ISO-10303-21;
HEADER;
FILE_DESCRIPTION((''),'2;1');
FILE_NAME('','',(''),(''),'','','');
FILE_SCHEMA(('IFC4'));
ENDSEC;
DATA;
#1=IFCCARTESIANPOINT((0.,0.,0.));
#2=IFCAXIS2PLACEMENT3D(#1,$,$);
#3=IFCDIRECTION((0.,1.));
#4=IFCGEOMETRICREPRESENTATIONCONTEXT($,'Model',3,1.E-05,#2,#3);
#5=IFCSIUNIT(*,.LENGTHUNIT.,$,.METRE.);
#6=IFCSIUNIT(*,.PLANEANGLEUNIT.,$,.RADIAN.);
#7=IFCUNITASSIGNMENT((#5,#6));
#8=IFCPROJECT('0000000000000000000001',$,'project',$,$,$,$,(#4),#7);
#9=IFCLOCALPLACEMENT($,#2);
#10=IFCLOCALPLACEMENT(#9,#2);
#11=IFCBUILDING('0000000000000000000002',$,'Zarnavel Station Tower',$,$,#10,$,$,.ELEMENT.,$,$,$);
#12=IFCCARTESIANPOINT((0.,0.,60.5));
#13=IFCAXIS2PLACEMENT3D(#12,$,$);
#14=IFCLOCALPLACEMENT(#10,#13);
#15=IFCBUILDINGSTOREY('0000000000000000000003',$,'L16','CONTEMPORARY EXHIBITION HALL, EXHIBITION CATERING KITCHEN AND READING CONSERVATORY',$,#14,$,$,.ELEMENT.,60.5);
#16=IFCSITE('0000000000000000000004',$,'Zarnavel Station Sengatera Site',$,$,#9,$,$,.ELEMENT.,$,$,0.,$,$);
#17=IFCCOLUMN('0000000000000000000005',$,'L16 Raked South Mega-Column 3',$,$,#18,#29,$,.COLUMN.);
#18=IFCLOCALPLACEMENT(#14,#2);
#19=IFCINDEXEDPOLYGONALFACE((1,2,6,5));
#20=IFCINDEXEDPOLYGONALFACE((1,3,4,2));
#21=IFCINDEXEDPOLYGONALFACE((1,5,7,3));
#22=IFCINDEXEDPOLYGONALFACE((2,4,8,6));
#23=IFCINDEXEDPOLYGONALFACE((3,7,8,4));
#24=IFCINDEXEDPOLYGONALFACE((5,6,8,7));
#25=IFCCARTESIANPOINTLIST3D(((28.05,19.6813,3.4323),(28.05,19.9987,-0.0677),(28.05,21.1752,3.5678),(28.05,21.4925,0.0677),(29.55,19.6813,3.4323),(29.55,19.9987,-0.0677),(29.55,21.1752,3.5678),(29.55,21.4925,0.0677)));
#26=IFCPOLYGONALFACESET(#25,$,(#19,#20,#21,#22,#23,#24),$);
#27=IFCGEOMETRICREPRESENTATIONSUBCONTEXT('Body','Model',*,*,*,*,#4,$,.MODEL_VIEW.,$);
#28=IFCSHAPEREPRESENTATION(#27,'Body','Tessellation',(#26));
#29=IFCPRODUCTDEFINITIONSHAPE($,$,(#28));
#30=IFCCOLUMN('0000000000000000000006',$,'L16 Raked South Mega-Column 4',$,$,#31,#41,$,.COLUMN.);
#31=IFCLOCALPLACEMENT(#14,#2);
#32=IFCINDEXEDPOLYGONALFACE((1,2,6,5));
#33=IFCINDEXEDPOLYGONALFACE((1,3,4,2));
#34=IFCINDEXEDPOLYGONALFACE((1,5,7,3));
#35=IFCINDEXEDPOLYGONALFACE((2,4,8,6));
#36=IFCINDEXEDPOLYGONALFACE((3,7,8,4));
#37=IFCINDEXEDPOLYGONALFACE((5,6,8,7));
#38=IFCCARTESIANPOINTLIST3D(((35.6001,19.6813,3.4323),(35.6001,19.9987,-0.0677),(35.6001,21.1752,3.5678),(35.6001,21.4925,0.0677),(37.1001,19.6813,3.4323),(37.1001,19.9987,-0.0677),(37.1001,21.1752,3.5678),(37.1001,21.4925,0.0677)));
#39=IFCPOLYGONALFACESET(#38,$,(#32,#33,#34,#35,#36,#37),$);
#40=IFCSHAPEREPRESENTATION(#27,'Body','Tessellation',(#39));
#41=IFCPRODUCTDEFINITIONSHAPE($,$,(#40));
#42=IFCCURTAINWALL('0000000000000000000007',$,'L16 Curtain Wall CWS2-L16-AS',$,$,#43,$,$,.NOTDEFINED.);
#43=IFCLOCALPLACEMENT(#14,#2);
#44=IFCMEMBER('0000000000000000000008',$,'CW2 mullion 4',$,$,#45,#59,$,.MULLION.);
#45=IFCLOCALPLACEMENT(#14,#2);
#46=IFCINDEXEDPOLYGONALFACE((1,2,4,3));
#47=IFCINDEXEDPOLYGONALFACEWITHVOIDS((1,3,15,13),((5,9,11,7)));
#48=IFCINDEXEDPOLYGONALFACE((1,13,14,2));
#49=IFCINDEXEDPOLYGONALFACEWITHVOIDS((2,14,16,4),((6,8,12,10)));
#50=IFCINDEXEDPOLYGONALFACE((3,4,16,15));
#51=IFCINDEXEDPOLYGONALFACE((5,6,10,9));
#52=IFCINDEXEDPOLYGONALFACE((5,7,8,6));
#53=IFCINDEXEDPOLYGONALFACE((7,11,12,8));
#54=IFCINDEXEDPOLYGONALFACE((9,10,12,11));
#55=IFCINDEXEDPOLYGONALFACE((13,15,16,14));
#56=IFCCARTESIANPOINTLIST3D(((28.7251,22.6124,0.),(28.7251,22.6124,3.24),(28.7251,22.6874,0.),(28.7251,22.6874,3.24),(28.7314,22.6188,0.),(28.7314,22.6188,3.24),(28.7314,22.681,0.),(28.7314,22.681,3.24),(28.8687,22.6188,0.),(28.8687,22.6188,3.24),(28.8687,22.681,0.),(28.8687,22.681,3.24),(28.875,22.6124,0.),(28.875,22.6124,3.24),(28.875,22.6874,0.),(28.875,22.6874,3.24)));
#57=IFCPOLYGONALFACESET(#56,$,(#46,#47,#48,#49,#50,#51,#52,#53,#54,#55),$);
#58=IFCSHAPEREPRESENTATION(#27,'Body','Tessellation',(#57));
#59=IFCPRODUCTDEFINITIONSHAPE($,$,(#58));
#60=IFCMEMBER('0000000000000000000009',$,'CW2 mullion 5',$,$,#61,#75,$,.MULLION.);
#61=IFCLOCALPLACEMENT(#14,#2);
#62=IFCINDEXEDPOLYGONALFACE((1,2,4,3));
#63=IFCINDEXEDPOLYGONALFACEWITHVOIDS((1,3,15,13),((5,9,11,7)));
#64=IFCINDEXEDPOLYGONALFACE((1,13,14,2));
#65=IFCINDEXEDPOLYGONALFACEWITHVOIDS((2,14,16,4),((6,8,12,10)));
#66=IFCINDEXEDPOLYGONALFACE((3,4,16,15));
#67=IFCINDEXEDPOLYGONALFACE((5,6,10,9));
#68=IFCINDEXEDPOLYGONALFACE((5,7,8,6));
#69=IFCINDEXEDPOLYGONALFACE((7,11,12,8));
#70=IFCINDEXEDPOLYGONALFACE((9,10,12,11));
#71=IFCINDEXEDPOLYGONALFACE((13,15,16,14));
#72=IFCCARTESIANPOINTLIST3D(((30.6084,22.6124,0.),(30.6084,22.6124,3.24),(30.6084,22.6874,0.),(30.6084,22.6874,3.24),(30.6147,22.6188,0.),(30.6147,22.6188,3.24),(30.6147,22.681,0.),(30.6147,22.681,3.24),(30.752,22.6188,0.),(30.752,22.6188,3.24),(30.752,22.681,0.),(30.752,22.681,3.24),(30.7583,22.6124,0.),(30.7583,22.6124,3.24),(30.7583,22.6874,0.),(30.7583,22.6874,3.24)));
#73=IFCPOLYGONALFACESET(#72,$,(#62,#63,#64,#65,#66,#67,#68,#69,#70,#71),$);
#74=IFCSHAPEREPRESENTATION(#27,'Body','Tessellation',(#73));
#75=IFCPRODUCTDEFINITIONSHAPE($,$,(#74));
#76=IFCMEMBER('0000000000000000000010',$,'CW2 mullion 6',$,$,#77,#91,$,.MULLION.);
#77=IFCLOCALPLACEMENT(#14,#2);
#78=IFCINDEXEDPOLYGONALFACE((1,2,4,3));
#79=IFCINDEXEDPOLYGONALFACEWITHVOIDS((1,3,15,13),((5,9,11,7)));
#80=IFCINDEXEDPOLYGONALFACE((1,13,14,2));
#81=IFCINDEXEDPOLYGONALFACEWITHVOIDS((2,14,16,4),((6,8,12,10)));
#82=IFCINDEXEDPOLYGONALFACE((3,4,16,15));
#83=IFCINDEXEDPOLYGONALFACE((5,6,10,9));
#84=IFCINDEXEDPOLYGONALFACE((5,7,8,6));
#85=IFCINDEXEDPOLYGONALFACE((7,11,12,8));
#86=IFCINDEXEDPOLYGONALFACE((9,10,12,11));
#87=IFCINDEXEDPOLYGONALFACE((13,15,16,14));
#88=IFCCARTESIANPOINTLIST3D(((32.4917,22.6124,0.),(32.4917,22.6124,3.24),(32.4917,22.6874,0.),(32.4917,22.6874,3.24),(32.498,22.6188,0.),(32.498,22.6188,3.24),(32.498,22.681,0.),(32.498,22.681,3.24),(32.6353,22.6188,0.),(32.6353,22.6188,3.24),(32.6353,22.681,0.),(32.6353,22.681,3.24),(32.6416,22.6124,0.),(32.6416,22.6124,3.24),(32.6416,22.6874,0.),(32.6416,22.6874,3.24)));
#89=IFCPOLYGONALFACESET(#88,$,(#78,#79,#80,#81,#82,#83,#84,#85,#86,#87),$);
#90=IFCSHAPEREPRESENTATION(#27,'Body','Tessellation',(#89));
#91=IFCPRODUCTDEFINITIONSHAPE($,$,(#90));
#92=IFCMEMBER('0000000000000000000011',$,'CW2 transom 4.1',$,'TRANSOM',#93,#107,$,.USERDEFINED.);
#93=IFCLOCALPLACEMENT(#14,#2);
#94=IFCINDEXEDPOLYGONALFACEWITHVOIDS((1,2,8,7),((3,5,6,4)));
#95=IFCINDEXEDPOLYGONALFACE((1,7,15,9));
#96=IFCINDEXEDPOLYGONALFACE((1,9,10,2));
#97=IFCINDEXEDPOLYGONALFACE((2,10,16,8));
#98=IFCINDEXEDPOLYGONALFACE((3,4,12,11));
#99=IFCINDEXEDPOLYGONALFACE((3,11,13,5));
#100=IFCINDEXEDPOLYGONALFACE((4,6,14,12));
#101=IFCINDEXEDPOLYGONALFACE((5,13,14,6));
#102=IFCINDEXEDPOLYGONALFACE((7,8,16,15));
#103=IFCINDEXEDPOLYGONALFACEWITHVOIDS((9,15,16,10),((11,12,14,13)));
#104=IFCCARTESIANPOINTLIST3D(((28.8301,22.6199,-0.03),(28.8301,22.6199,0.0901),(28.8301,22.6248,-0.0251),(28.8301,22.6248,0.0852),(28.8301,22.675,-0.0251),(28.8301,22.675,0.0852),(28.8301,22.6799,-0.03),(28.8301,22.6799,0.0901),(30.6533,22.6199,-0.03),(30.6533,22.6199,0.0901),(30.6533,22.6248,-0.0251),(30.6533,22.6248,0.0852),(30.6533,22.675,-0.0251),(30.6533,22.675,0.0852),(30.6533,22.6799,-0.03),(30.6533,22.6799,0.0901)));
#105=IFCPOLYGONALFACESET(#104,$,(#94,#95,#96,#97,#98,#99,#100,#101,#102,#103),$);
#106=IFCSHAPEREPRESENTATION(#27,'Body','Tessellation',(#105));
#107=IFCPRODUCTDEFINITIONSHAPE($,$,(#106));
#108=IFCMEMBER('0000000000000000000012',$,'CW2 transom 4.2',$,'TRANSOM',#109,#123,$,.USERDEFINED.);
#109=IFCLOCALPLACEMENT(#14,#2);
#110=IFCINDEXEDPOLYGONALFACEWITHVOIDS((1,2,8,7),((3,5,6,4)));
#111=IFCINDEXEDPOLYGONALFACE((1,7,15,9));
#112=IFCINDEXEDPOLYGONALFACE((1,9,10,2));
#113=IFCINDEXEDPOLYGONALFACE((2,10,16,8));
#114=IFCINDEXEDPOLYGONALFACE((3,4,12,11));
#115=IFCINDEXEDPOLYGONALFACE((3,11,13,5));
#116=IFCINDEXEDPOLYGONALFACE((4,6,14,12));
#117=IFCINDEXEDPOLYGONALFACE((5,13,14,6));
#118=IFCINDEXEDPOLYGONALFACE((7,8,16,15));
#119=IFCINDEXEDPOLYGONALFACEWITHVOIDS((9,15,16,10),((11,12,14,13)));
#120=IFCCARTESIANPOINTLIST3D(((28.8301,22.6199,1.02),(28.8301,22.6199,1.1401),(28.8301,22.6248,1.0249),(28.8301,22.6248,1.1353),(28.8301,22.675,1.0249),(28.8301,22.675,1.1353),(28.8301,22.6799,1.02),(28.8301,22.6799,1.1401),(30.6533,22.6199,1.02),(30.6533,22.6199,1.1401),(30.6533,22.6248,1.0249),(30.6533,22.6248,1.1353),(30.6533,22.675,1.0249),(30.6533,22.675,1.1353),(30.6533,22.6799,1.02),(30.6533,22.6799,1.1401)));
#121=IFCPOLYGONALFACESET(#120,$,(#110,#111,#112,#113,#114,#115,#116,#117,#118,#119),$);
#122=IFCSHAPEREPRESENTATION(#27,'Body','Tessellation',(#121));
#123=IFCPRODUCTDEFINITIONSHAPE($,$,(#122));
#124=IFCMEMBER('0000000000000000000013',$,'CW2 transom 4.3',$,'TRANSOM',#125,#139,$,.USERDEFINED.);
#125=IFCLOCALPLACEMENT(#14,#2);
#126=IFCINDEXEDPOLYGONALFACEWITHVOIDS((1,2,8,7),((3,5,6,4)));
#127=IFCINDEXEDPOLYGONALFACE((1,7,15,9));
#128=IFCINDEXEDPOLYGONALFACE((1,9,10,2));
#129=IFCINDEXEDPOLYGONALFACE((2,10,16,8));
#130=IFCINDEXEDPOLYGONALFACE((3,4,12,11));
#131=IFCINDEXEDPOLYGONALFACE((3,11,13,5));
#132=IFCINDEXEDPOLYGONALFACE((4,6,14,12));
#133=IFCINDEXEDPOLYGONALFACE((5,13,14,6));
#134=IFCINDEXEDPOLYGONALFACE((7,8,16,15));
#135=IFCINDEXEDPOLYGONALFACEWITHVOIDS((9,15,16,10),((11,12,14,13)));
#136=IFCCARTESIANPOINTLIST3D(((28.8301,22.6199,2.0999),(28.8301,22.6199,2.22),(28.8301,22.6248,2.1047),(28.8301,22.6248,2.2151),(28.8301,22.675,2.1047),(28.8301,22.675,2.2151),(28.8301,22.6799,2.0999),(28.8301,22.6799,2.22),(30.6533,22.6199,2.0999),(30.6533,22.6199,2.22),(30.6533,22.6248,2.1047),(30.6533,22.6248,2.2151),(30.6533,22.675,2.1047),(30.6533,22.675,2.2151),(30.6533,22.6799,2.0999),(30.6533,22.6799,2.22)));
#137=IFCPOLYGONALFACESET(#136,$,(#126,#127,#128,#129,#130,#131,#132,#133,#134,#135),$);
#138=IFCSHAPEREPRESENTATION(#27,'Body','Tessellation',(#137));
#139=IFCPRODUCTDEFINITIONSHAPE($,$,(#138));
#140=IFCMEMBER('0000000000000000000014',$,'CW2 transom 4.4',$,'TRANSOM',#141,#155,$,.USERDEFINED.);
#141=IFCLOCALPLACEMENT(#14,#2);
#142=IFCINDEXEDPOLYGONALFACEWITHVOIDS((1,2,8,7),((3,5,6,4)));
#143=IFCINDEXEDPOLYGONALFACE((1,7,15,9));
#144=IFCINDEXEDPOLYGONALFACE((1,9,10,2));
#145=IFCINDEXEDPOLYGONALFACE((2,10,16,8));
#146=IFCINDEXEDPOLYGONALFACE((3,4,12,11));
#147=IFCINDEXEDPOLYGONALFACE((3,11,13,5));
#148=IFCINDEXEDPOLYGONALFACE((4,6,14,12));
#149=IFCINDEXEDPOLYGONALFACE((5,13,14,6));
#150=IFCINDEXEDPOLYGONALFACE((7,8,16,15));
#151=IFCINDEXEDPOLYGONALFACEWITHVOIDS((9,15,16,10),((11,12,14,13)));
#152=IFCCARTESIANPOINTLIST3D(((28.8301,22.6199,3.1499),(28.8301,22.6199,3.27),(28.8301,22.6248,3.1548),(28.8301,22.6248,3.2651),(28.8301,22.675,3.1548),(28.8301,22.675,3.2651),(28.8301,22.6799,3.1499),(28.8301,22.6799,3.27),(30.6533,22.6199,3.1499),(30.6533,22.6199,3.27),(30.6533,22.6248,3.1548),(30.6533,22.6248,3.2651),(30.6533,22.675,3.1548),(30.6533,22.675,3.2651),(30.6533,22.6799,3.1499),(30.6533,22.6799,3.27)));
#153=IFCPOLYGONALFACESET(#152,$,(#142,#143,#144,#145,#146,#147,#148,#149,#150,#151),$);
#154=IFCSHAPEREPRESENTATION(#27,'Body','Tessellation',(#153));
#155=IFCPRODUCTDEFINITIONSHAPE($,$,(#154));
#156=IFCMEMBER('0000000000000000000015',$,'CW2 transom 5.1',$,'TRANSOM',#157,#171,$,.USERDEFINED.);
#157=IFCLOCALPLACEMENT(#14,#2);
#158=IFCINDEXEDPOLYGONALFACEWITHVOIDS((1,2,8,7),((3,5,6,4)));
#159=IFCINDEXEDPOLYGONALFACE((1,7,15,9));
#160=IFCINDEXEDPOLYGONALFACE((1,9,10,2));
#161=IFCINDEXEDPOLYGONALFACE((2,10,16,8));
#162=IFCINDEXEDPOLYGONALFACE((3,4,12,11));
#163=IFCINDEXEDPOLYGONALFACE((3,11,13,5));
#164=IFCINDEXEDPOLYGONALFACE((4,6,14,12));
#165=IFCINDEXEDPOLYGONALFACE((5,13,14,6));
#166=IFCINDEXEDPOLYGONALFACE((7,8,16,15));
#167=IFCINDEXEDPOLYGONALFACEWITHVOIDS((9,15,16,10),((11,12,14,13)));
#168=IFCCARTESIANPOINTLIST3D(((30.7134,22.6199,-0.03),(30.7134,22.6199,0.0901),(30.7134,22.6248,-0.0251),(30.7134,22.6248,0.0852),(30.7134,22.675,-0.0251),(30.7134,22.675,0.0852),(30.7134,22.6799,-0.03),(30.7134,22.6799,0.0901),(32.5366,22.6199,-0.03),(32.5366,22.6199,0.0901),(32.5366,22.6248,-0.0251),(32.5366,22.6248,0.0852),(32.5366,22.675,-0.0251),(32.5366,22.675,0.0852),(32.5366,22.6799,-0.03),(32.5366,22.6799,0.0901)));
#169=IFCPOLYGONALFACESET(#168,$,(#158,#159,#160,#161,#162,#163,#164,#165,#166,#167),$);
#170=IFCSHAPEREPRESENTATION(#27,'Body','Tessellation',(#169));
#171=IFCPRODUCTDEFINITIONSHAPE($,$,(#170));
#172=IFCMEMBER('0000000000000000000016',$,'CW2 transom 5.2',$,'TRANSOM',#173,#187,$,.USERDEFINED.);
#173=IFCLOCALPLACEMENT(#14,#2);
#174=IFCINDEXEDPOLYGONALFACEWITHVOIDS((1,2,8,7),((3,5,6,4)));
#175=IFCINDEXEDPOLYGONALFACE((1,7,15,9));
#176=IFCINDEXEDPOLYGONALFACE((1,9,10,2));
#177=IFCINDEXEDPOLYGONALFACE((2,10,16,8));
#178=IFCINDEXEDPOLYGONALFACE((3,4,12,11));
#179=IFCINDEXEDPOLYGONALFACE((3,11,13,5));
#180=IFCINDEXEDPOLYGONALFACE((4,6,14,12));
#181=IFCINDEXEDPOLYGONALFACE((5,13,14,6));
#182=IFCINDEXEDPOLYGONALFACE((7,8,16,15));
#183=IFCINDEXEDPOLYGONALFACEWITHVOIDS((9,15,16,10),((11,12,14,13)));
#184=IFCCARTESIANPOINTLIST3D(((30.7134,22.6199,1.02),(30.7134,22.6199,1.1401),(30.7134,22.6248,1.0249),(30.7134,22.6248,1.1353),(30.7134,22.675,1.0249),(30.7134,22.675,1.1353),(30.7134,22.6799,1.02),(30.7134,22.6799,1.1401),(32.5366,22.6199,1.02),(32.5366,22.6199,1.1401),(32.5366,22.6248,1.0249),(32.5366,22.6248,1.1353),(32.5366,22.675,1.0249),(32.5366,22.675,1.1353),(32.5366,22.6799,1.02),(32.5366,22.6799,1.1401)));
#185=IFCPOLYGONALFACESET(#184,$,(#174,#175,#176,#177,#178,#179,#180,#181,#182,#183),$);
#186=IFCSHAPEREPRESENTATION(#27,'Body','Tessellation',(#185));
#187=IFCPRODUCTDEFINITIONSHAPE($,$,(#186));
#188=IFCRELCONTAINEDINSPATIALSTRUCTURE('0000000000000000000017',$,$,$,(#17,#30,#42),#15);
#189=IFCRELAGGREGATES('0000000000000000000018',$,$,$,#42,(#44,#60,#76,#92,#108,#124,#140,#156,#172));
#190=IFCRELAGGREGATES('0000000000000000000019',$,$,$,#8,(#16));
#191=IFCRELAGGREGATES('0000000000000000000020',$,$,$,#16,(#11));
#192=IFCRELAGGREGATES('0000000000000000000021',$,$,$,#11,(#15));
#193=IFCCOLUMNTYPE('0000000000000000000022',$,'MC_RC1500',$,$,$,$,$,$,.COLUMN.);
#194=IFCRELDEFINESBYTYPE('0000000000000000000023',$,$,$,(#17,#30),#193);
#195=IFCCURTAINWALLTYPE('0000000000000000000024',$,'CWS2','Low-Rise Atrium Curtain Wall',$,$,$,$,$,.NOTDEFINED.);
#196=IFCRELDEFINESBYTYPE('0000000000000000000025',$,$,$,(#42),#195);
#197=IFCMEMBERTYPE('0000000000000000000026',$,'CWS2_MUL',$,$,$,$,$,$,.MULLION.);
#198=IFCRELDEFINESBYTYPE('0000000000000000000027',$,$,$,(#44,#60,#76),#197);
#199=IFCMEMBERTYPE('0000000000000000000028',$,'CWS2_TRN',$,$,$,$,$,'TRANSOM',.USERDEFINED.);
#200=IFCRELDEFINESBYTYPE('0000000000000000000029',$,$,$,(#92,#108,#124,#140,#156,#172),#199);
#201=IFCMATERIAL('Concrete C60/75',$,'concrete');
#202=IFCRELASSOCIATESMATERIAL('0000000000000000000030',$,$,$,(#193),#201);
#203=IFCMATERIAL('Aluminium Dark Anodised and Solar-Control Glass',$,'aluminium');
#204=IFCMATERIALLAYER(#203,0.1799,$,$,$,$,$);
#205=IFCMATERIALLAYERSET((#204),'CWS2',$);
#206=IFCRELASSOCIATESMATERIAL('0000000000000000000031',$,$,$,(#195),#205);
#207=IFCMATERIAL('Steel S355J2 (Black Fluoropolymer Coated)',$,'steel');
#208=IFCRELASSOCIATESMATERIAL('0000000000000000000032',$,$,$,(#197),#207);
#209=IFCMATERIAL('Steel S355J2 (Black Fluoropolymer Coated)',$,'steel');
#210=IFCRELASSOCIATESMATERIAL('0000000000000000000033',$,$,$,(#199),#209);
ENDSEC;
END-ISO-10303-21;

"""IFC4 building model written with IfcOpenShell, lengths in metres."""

from ifc_helpers import new_model, si_unit, direction, frame, origin, origin_2d, place, context, subcontext, project, spatial, rectangle, hollow_rectangle, extrude, material, layer, layer_set, material_profile, profile_set, type_object, element, aggregate, save


model = new_model("IFC4")

# Units and contexts
model_context = context("Model", 3, precision=1e-05, world=origin(), true_north=direction((0.0, 1.0)))
body_context = subcontext(model_context, "Body", "Model", "MODEL_VIEW")
ifc_project = project(units=[si_unit("LENGTHUNIT", "METRE"), si_unit("PLANEANGLEUNIT", "RADIAN")], contexts=[model_context])

# Site, building, storey
site_placement = place(None, origin())
site = spatial("IfcSite", under=ifc_project, at=site_placement, Name="Zarnavel Station Sengatera Site", CompositionType="ELEMENT", RefElevation=0.0)
building_placement = place(site_placement, origin())
building = spatial("IfcBuilding", under=site, at=building_placement, Name="Zarnavel Station Tower", CompositionType="ELEMENT")
storey_placement = place(building_placement, frame((0.0, 0.0, 60.5)))
storey = spatial("IfcBuildingStorey", under=building, at=storey_placement, Name="L16", Description="CONTEMPORARY EXHIBITION HALL, EXHIBITION CATERING KITCHEN AND READING CONSERVATORY", CompositionType="ELEMENT", Elevation=60.5)

# Columns
ifc_material_1 = material(Name="Concrete C60/75", Category="concrete")
ifc_material_profile_1 = material_profile(ifc_material_1, rectangle(XDim=1.5, YDim=1.5, at=origin_2d()), Name="RC1500x1500")
ifc_profile_set_1 = profile_set([ifc_material_profile_1], Name="Concrete C60/75")
column_type = type_object("IfcColumnType", Name="MC_RC1500", PredefinedType="COLUMN", material=ifc_profile_set_1)
for number, where, z_axis, x_axis, name in (
    (1, (28.8, 20.7456, 0.0), (0.0, -0.09031, 0.995914), (1.0, 0.0, 0.0), "L16 Raked South Mega-Column 3"),
    (2, (36.3501, 20.7456, 0.0), (0.0, -0.09031, 0.995914), (1.0, 0.0, 0.0), "L16 Raked South Mega-Column 4"),
):
    element("IfcColumn", number, at=place(storey_placement, frame(where, z_axis=z_axis, x_axis=x_axis)), inside=storey, type_object=column_type, Name=name, PredefinedType="COLUMN", context=body_context, shape_type="SweptSolid", body=[
        extrude(rectangle(XDim=1.5, YDim=1.5, at=origin_2d()), origin(), (0.0, 0.0, 1.0), 3.5144),
    ])

# Curtain wall, members
ifc_material_2 = material(Name="Aluminium Dark Anodised and Solar-Control Glass", Category="aluminium")
ifc_layer_1 = layer(ifc_material_2, 0.1799)
ifc_layer_set_1 = layer_set([ifc_layer_1], Name="CWS2")
curtain_wall_type = type_object("IfcCurtainWallType", Name="CWS2", Description="Low-Rise Atrium Curtain Wall", PredefinedType="NOTDEFINED", material=ifc_layer_set_1)
curtain_wall_placement = place(storey_placement, origin())
curtain_wall = element("IfcCurtainWall", 3, at=curtain_wall_placement, inside=storey, type_object=curtain_wall_type, Name="L16 Curtain Wall CWS2-L16-AS", PredefinedType="NOTDEFINED")
ifc_material_3 = material(Name="Steel S355J2 (Black Fluoropolymer Coated)", Category="steel")
ifc_material_profile_2 = material_profile(ifc_material_3, hollow_rectangle(XDim=0.075, YDim=0.1499, WallThickness=0.0063, at=origin_2d()), Name="RHS150x75x6.3")
ifc_profile_set_2 = profile_set([ifc_material_profile_2], Name="Steel S355J2 (Black Fluoropolymer Coated)")
member_type_1 = type_object("IfcMemberType", Name="CWS2_MUL", PredefinedType="MULLION", material=ifc_profile_set_2)
member_1_placement = place(storey_placement, frame((28.8, 22.6499, 0.0), z_axis=(0.0, 0.0, 1.0), x_axis=(0.0, 1.0, 0.0)))
member_1 = element("IfcMember", 4, at=member_1_placement, type_object=member_type_1, Name="CW2 mullion 4", PredefinedType="MULLION", context=body_context, shape_type="SweptSolid", body=[
    extrude(hollow_rectangle(XDim=0.075, YDim=0.1499, WallThickness=0.0063, at=origin_2d()), origin(), (0.0, 0.0, 1.0), 3.24),
])
member_2_placement = place(storey_placement, frame((30.6833, 22.6499, 0.0), z_axis=(0.0, 0.0, 1.0), x_axis=(0.0, 1.0, 0.0)))
member_2 = element("IfcMember", 5, at=member_2_placement, type_object=member_type_1, Name="CW2 mullion 5", PredefinedType="MULLION", context=body_context, shape_type="SweptSolid", body=[
    extrude(hollow_rectangle(XDim=0.075, YDim=0.1499, WallThickness=0.0063, at=origin_2d()), origin(), (0.0, 0.0, 1.0), 3.24),
])
member_3_placement = place(storey_placement, frame((32.5667, 22.6499, 0.0), z_axis=(0.0, 0.0, 1.0), x_axis=(0.0, 1.0, 0.0)))
member_3 = element("IfcMember", 6, at=member_3_placement, type_object=member_type_1, Name="CW2 mullion 6", PredefinedType="MULLION", context=body_context, shape_type="SweptSolid", body=[
    extrude(hollow_rectangle(XDim=0.075, YDim=0.1499, WallThickness=0.0063, at=origin_2d()), origin(), (0.0, 0.0, 1.0), 3.24),
])
ifc_material_4 = material(Name="Steel S355J2 (Black Fluoropolymer Coated)", Category="steel")
ifc_material_profile_3 = material_profile(ifc_material_4, hollow_rectangle(XDim=0.0601, YDim=0.1201, WallThickness=0.0049, at=origin_2d()), Name="RHS120x60x5")
ifc_profile_set_3 = profile_set([ifc_material_profile_3], Name="Steel S355J2 (Black Fluoropolymer Coated)")
member_type_2 = type_object("IfcMemberType", Name="CWS2_TRN", ElementType="TRANSOM", PredefinedType="USERDEFINED", material=ifc_profile_set_3)
member_4_placement = place(storey_placement, frame((28.8301, 22.6499, 0.03), z_axis=(1.0, 0.0, 0.0), x_axis=(0.0, 1.0, 0.0)))
member_4 = element("IfcMember", 7, at=member_4_placement, type_object=member_type_2, Name="CW2 transom 4.1", ObjectType="TRANSOM", PredefinedType="USERDEFINED", context=body_context, shape_type="SweptSolid", body=[
    extrude(hollow_rectangle(XDim=0.0601, YDim=0.1201, WallThickness=0.0049, at=origin_2d()), origin(), (0.0, 0.0, 1.0), 1.8232),
])
member_5_placement = place(storey_placement, frame((28.8301, 22.6499, 1.0801), z_axis=(1.0, 0.0, 0.0), x_axis=(0.0, 1.0, 0.0)))
member_5 = element("IfcMember", 8, at=member_5_placement, type_object=member_type_2, Name="CW2 transom 4.2", ObjectType="TRANSOM", PredefinedType="USERDEFINED", context=body_context, shape_type="SweptSolid", body=[
    extrude(hollow_rectangle(XDim=0.0601, YDim=0.1201, WallThickness=0.0049, at=origin_2d()), origin(), (0.0, 0.0, 1.0), 1.8232),
])
member_6_placement = place(storey_placement, frame((28.8301, 22.6499, 2.1599), z_axis=(1.0, 0.0, 0.0), x_axis=(0.0, 1.0, 0.0)))
member_6 = element("IfcMember", 9, at=member_6_placement, type_object=member_type_2, Name="CW2 transom 4.3", ObjectType="TRANSOM", PredefinedType="USERDEFINED", context=body_context, shape_type="SweptSolid", body=[
    extrude(hollow_rectangle(XDim=0.0601, YDim=0.1201, WallThickness=0.0049, at=origin_2d()), origin(), (0.0, 0.0, 1.0), 1.8232),
])
member_7_placement = place(storey_placement, frame((28.8301, 22.6499, 3.21), z_axis=(1.0, 0.0, 0.0), x_axis=(0.0, 1.0, 0.0)))
member_7 = element("IfcMember", 10, at=member_7_placement, type_object=member_type_2, Name="CW2 transom 4.4", ObjectType="TRANSOM", PredefinedType="USERDEFINED", context=body_context, shape_type="SweptSolid", body=[
    extrude(hollow_rectangle(XDim=0.0601, YDim=0.1201, WallThickness=0.0049, at=origin_2d()), origin(), (0.0, 0.0, 1.0), 1.8232),
])
member_8_placement = place(storey_placement, frame((30.7134, 22.6499, 0.03), z_axis=(1.0, 0.0, 0.0), x_axis=(0.0, 1.0, 0.0)))
member_8 = element("IfcMember", 11, at=member_8_placement, type_object=member_type_2, Name="CW2 transom 5.1", ObjectType="TRANSOM", PredefinedType="USERDEFINED", context=body_context, shape_type="SweptSolid", body=[
    extrude(hollow_rectangle(XDim=0.0601, YDim=0.1201, WallThickness=0.0049, at=origin_2d()), origin(), (0.0, 0.0, 1.0), 1.8232),
])
member_9_placement = place(storey_placement, frame((30.7134, 22.6499, 1.0801), z_axis=(1.0, 0.0, 0.0), x_axis=(0.0, 1.0, 0.0)))
member_9 = element("IfcMember", 12, at=member_9_placement, type_object=member_type_2, Name="CW2 transom 5.2", ObjectType="TRANSOM", PredefinedType="USERDEFINED", context=body_context, shape_type="SweptSolid", body=[
    extrude(hollow_rectangle(XDim=0.0601, YDim=0.1201, WallThickness=0.0049, at=origin_2d()), origin(), (0.0, 0.0, 1.0), 1.8232),
])

aggregate(curtain_wall, [member_1, member_2, member_3, member_4, member_5, member_6, member_7, member_8, member_9])

save(model, "model.ifc")
